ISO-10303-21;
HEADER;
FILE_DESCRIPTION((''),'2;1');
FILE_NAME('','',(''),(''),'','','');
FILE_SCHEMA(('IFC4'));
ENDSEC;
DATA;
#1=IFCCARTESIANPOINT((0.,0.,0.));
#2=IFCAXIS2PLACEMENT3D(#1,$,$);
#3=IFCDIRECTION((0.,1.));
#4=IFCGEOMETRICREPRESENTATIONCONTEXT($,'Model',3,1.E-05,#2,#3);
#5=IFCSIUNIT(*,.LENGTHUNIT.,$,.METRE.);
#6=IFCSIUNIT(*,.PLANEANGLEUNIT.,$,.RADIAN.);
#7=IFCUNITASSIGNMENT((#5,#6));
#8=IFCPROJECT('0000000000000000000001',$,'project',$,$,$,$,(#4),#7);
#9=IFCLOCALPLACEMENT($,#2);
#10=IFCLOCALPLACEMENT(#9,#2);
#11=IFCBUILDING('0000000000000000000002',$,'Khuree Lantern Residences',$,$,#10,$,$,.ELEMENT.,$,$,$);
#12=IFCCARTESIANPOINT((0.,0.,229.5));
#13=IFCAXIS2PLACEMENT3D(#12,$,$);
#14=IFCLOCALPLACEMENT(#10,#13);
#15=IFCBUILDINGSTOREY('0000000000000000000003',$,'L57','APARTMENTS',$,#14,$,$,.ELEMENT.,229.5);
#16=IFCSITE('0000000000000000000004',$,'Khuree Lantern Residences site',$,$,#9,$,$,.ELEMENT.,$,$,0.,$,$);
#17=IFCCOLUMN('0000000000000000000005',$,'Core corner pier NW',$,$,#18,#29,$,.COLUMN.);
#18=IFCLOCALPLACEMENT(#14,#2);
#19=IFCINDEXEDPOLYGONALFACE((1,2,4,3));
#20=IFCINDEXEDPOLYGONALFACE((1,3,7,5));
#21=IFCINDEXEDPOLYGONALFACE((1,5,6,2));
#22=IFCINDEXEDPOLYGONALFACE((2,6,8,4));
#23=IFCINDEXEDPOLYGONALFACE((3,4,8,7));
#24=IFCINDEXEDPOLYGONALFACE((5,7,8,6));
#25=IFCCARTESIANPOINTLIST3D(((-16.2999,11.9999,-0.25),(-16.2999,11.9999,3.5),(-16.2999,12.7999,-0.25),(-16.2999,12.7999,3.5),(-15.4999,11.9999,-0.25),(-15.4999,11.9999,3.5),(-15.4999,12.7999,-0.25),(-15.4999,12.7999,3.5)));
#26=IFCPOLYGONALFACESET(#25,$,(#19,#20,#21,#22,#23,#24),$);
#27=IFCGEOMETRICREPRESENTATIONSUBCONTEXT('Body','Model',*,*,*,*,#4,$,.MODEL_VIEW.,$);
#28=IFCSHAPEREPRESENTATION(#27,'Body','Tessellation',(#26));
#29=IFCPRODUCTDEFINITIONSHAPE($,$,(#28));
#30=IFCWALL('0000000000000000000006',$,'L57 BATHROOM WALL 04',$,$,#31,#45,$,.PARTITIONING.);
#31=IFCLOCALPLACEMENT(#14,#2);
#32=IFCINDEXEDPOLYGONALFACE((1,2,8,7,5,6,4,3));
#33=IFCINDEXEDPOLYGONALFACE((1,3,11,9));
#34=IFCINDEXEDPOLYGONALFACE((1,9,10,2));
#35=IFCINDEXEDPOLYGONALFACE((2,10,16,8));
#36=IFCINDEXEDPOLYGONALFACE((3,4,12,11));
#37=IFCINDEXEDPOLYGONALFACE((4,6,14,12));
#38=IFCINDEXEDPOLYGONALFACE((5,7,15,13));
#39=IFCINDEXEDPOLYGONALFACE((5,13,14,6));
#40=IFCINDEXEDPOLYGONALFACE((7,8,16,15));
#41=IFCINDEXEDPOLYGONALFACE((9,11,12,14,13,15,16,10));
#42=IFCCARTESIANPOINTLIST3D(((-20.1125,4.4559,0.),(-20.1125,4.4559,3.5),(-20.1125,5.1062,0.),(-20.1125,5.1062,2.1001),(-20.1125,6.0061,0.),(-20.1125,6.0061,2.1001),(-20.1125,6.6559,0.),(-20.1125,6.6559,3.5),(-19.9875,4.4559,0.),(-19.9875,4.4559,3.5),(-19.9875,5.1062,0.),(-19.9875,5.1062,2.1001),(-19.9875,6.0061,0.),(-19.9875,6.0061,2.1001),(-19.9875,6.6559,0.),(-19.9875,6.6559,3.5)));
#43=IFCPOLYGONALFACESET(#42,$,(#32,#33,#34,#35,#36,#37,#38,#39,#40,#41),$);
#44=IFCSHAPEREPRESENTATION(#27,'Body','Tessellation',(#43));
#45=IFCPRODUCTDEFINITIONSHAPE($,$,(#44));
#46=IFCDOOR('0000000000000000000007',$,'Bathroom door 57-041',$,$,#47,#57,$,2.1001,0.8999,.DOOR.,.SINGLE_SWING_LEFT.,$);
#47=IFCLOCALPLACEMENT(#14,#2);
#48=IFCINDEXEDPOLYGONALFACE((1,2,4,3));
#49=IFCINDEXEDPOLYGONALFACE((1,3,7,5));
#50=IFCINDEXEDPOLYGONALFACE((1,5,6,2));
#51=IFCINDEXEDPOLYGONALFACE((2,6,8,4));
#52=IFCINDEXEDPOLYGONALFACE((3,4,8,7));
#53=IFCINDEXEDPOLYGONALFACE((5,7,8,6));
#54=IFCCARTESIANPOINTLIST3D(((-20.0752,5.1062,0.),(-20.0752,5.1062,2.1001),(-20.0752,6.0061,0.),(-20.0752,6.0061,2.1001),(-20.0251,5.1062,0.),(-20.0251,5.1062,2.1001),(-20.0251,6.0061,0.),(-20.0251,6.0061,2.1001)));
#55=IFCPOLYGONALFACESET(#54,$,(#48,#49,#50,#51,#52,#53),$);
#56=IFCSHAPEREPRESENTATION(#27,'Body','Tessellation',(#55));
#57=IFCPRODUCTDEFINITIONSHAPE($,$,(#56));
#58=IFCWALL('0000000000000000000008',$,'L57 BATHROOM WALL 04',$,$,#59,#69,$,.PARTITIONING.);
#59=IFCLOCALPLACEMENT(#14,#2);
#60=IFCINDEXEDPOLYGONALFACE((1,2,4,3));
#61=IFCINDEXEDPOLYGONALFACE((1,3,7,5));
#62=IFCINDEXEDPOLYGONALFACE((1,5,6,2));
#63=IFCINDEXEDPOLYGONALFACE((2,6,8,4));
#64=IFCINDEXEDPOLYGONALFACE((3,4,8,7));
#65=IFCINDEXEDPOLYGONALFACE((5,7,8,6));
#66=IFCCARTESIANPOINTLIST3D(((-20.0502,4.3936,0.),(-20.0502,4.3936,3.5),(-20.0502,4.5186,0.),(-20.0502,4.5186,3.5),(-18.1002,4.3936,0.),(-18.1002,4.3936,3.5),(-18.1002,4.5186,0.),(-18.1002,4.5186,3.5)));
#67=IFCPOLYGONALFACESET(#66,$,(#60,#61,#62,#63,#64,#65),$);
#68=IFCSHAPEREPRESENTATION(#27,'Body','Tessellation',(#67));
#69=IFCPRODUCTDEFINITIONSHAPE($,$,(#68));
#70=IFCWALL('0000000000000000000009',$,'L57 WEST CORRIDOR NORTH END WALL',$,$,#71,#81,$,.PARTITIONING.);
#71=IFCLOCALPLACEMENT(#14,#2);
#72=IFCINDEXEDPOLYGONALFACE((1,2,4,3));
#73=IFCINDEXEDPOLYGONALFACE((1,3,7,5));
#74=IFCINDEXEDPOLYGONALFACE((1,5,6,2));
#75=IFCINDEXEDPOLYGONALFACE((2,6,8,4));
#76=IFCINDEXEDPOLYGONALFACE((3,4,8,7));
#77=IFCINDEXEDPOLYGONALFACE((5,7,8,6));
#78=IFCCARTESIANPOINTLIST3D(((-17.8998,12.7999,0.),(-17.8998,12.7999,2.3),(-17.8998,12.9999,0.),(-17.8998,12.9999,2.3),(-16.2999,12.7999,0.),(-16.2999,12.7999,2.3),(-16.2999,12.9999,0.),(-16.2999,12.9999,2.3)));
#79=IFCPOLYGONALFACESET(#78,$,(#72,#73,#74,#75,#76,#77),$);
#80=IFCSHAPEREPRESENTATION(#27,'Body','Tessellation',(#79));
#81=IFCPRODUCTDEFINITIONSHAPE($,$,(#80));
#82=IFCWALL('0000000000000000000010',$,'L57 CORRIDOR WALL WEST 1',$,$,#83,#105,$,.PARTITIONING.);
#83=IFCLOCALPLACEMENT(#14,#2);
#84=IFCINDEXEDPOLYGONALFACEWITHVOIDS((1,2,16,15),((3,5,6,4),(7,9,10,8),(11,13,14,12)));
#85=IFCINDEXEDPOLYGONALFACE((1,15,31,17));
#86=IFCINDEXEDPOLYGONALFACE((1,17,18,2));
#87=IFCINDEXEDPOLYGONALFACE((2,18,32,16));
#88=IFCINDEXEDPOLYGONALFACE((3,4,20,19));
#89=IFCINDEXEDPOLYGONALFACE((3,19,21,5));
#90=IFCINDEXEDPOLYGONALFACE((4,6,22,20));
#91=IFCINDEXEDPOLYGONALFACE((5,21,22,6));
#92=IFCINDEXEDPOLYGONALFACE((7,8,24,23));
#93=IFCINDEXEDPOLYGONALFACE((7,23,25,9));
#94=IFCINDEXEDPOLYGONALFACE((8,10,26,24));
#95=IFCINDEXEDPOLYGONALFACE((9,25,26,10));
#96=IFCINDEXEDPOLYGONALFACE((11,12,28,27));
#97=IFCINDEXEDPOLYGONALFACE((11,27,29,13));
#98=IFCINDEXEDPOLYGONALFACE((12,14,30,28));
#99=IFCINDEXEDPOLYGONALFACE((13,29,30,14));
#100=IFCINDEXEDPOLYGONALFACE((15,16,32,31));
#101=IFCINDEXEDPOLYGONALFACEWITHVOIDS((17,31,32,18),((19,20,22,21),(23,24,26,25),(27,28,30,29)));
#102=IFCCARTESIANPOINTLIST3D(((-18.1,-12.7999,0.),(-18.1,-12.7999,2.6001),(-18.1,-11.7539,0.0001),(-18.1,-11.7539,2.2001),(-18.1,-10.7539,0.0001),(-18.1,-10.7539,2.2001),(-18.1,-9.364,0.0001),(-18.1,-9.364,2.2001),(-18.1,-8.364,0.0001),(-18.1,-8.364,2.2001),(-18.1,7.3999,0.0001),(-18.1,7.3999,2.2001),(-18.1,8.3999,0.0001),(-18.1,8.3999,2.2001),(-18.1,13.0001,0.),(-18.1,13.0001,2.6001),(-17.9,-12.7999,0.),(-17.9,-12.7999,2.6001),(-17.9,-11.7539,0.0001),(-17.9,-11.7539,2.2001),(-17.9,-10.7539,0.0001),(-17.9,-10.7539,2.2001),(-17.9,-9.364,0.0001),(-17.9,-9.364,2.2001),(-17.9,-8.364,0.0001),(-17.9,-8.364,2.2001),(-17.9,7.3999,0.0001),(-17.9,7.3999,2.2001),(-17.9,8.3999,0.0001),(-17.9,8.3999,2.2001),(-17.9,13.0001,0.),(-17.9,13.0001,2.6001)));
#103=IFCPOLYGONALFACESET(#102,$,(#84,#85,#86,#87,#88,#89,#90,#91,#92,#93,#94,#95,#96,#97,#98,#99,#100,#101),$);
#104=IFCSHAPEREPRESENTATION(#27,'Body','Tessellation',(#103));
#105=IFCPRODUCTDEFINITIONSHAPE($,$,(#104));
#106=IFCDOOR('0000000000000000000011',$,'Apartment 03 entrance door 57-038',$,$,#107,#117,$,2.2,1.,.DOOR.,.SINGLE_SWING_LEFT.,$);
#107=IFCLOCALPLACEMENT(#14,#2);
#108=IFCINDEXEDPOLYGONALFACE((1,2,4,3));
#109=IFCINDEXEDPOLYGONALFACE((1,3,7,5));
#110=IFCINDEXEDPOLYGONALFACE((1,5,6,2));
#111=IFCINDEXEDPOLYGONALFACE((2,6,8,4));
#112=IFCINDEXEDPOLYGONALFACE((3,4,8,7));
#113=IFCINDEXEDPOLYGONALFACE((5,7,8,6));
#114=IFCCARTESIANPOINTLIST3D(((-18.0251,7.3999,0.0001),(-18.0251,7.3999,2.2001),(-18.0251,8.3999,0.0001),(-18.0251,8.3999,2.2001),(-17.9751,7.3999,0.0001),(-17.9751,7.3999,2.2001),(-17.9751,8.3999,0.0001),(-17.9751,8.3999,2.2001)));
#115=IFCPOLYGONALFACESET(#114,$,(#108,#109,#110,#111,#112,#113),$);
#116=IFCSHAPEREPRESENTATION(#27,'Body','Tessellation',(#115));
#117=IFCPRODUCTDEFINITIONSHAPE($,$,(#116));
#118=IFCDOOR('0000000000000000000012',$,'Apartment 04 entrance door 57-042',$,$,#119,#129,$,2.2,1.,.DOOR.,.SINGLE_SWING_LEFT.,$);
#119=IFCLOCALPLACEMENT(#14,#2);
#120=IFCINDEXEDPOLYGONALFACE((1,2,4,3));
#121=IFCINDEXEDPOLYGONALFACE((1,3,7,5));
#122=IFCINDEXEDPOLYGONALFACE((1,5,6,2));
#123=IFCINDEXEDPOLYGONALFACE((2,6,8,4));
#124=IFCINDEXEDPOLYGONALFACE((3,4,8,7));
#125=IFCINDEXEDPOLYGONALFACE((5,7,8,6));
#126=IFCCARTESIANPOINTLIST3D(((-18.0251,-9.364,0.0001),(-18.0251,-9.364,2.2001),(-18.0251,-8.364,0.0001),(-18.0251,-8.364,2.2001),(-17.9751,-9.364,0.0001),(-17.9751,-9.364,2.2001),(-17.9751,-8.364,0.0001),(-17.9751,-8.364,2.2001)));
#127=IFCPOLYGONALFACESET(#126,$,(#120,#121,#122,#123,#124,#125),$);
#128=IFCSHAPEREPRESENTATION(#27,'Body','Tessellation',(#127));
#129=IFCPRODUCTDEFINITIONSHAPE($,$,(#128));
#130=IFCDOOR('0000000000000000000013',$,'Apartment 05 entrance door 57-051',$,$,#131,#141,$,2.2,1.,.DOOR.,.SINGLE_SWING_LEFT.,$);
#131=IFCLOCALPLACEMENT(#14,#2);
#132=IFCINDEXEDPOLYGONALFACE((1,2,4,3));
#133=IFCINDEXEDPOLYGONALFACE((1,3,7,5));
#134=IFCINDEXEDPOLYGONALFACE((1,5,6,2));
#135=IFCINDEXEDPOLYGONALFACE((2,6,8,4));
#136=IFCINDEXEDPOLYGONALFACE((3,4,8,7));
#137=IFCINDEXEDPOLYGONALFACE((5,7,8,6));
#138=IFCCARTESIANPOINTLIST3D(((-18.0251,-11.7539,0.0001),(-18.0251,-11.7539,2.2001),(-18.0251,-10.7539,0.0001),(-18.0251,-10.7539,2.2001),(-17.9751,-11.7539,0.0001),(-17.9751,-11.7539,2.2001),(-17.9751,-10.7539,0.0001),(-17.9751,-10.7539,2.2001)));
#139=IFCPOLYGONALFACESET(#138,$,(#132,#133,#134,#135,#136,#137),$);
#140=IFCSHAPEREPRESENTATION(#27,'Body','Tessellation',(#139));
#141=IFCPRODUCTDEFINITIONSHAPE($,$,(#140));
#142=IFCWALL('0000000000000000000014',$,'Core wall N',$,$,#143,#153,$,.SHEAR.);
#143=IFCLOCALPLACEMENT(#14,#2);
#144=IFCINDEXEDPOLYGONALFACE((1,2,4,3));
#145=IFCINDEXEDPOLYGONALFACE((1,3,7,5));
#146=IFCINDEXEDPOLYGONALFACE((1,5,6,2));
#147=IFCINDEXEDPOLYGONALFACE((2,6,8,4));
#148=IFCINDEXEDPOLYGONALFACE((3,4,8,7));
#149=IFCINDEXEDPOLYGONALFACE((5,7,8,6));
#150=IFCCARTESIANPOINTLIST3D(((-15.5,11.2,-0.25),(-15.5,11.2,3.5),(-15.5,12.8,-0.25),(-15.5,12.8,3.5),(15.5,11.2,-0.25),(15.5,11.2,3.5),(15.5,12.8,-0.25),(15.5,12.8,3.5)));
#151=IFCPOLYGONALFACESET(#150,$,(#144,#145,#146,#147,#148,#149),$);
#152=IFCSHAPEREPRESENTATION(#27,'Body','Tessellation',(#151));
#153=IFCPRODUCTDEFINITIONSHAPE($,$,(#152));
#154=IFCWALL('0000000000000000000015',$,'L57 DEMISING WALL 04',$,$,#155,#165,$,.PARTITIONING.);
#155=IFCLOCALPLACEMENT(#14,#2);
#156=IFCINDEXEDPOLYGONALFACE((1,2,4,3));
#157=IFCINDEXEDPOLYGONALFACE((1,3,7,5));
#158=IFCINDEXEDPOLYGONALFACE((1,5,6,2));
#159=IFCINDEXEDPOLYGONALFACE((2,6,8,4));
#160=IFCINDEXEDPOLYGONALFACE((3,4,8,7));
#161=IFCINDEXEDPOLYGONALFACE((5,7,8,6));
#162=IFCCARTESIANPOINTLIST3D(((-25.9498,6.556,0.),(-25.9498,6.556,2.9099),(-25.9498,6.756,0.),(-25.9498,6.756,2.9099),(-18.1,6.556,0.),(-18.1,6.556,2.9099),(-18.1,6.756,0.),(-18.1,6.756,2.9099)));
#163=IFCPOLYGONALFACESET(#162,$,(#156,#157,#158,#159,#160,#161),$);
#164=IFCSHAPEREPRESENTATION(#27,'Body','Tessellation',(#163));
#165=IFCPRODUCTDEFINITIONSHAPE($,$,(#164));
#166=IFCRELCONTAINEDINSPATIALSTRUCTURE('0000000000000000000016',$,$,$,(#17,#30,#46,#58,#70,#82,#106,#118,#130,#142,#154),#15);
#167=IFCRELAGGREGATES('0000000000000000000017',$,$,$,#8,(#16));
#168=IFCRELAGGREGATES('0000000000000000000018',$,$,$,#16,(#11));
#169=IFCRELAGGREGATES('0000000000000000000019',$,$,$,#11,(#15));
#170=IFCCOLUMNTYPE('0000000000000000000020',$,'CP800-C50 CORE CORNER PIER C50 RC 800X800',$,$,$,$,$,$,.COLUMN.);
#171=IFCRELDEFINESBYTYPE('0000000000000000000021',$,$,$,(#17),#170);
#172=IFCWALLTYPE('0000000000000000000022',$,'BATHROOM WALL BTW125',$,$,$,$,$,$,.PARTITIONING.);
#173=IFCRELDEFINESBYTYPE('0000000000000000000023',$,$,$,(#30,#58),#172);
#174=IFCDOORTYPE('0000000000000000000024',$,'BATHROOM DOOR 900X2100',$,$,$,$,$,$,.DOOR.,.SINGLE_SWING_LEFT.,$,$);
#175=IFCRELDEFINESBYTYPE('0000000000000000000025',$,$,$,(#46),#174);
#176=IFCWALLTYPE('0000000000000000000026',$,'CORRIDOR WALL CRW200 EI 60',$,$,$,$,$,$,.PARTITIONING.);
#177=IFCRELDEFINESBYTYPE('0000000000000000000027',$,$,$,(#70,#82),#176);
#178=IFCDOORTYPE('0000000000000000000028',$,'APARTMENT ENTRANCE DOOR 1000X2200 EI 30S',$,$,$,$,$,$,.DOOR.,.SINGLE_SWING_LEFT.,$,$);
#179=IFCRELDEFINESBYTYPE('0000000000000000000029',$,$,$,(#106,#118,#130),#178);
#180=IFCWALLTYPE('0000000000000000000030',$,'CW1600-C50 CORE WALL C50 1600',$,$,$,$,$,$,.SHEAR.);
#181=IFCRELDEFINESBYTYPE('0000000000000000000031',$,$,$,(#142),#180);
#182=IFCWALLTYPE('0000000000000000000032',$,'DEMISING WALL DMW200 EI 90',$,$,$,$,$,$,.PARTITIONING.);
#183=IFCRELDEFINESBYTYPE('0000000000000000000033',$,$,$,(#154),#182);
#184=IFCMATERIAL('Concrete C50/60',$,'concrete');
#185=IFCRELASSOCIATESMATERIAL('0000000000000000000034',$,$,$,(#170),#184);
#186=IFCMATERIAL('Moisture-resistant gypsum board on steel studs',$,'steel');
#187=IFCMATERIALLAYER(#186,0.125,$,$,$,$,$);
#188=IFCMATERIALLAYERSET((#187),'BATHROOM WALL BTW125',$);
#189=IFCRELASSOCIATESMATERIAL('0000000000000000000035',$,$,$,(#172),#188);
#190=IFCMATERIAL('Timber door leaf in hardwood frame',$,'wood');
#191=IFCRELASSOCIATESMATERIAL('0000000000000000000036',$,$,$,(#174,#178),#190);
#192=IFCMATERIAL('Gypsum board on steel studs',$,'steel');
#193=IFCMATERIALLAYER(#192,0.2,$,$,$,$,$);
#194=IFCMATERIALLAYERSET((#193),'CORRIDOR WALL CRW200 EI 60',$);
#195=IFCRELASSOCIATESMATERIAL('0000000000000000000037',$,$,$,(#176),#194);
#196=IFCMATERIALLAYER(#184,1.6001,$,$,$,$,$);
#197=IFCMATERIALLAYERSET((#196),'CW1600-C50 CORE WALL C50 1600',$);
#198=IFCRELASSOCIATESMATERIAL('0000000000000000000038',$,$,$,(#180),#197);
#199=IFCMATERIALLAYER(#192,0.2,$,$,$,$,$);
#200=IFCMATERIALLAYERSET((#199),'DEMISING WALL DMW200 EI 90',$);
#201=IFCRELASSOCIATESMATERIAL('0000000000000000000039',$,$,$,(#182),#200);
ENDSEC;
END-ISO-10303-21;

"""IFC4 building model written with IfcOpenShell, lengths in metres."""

from ifc_helpers import new_model, si_unit, direction, frame, frame_2d, origin, origin_2d, place, context, subcontext, project, spatial, rectangle, extrude, material, layer, layer_set, material_profile, profile_set, type_object, element, fill, save


model = new_model("IFC4")

# Units and contexts
model_context = context("Model", 3, precision=1e-05, world=origin(), true_north=direction((0.0, 1.0)))
body_context = subcontext(model_context, "Body", "Model", "MODEL_VIEW")
ifc_project = project(units=[si_unit("LENGTHUNIT", "METRE"), si_unit("PLANEANGLEUNIT", "RADIAN")], contexts=[model_context])

# Site, building, storey
site_placement = place(None, origin())
site = spatial("IfcSite", under=ifc_project, at=site_placement, Name="Khuree Lantern Residences site", CompositionType="ELEMENT", RefElevation=0.0)
building_placement = place(site_placement, origin())
building = spatial("IfcBuilding", under=site, at=building_placement, Name="Khuree Lantern Residences", CompositionType="ELEMENT")
storey_placement = place(building_placement, frame((0.0, 0.0, 229.5)))
storey = spatial("IfcBuildingStorey", under=building, at=storey_placement, Name="L57", Description="APARTMENTS", CompositionType="ELEMENT", Elevation=229.5)

# Column
ifc_material_1 = material(Name="Concrete C50/60", Category="concrete")
ifc_material_profile = material_profile(ifc_material_1, rectangle(XDim=0.8, YDim=0.8, at=origin_2d()), Name="RC 800X800")
ifc_profile_set = profile_set([ifc_material_profile], Name="Concrete C50/60")
column_type = type_object("IfcColumnType", Name="CP800-C50 CORE CORNER PIER C50 RC 800X800", PredefinedType="COLUMN", material=ifc_profile_set)
column_placement = place(storey_placement, frame((-15.8999, 12.3999, -0.25), z_axis=(0.0, 0.0, 1.0), x_axis=(1.0, 0.0, 0.0)))
element("IfcColumn", 1, at=column_placement, inside=storey, type_object=column_type, Name="Core corner pier NW", PredefinedType="COLUMN", context=body_context, shape_type="SweptSolid", body=[
    extrude(rectangle(XDim=0.8, YDim=0.8, at=origin_2d()), origin(), (0.0, 0.0, 1.0), 3.75),
])

# Wall, opening, door
ifc_material_2 = material(Name="Moisture-resistant gypsum board on steel studs", Category="steel")
ifc_layer_1 = layer(ifc_material_2, 0.125)
ifc_layer_set_1 = layer_set([ifc_layer_1], Name="BATHROOM WALL BTW125")
wall_type_1 = type_object("IfcWallType", Name="BATHROOM WALL BTW125", PredefinedType="PARTITIONING", material=ifc_layer_set_1)
wall_1_placement = place(storey_placement, frame((-20.05, 6.656, 0.0), z_axis=(0.0, 0.0, 1.0), x_axis=(0.0, -1.0, 0.0)))
wall_1 = element("IfcWall", 2, at=wall_1_placement, inside=storey, type_object=wall_type_1, Name="L57 BATHROOM WALL 04", PredefinedType="PARTITIONING", context=body_context, shape_type="SweptSolid", body=[
    extrude(rectangle(XDim=2.2, YDim=0.125, at=frame_2d((1.1001, 0.0))), origin(), (0.0, 0.0, 1.0), 3.5),
])
opening_1_placement = place(wall_1_placement, frame((0.6499, 0.0, 0.0)))
opening_1 = element("IfcOpeningElement", 3, at=opening_1_placement, cuts=wall_1, PredefinedType="OPENING", context=body_context, shape_type="SweptSolid", body=[
    extrude(rectangle(XDim=0.8999, YDim=2.1001, at=frame_2d((0.45, 1.05))), frame((0.0, 0.0725, 0.0), z_axis=(0.0, -1.0, 0.0), x_axis=(1.0, 0.0, 0.0)), (0.0, 0.0, 1.0), 0.145),
])
ifc_material_3 = material(Name="Timber door leaf in hardwood frame", Category="wood")
door_type_1 = type_object("IfcDoorType", Name="BATHROOM DOOR 900X2100", OperationType="SINGLE_SWING_LEFT", PredefinedType="DOOR", material=ifc_material_3)
door_1_placement = place(opening_1_placement, origin())
door_1 = element("IfcDoor", 4, at=door_1_placement, inside=storey, type_object=door_type_1, Name="Bathroom door 57-041", OperationType="SINGLE_SWING_LEFT", OverallHeight=2.1001, OverallWidth=0.8999, PredefinedType="DOOR", context=body_context, shape_type="SweptSolid", body=[
    extrude(rectangle(XDim=0.8999, YDim=2.1001, at=frame_2d((0.45, 1.05))), frame((0.0, 0.0249, 0.0), z_axis=(0.0, -1.0, 0.0), x_axis=(1.0, 0.0, 0.0)), (0.0, 0.0, 1.0), 0.05),
])
fill(opening_1, door_1)

# Walls
wall_2_placement = place(storey_placement, frame((-18.1001, 4.4561, 0.0), z_axis=(0.0, 0.0, 1.0), x_axis=(-1.0, 0.0, 0.0)))
element("IfcWall", 5, at=wall_2_placement, inside=storey, type_object=wall_type_1, Name="L57 BATHROOM WALL 04", PredefinedType="PARTITIONING", context=body_context, shape_type="SweptSolid", body=[
    extrude(rectangle(XDim=1.95, YDim=0.125, at=frame_2d((0.9751, 0.0))), origin(), (0.0, 0.0, 1.0), 3.5),
])
ifc_material_4 = material(Name="Gypsum board on steel studs", Category="steel")
ifc_layer_2 = layer(ifc_material_4, 0.2)
ifc_layer_set_2 = layer_set([ifc_layer_2], Name="CORRIDOR WALL CRW200 EI 60")
wall_type_2 = type_object("IfcWallType", Name="CORRIDOR WALL CRW200 EI 60", PredefinedType="PARTITIONING", material=ifc_layer_set_2)
wall_3_placement = place(storey_placement, frame((-16.3, 12.8999, 0.0), z_axis=(0.0, 0.0, 1.0), x_axis=(-1.0, 0.0, 0.0)))
element("IfcWall", 6, at=wall_3_placement, inside=storey, type_object=wall_type_2, Name="L57 WEST CORRIDOR NORTH END WALL", PredefinedType="PARTITIONING", context=body_context, shape_type="SweptSolid", body=[
    extrude(rectangle(XDim=1.5999, YDim=0.2, at=frame_2d((0.7998, 0.0))), origin(), (0.0, 0.0, 1.0), 2.3),
])

# Wall, openings, doors
wall_4_placement = place(storey_placement, frame((-18.0, 13.0, 0.0), z_axis=(0.0, 0.0, 1.0), x_axis=(0.0, -1.0, 0.0)))
wall_4 = element("IfcWall", 7, at=wall_4_placement, inside=storey, type_object=wall_type_2, Name="L57 CORRIDOR WALL WEST 1", PredefinedType="PARTITIONING", context=body_context, shape_type="SweptSolid", body=[
    extrude(rectangle(XDim=25.8, YDim=0.2, at=frame_2d((12.8999, 0.0))), origin(), (0.0, 0.0, 1.0), 2.6001),
])
opening_2_placement = place(wall_4_placement, frame((4.6001, 0.0, 0.0)))
opening_2 = element("IfcOpeningElement", 8, at=opening_2_placement, cuts=wall_4, PredefinedType="OPENING", context=body_context, shape_type="SweptSolid", body=[
    extrude(rectangle(XDim=1.0, YDim=2.2, at=frame_2d((0.5, 1.1001))), frame((0.0, 0.1099, 0.0), z_axis=(0.0, -1.0, 0.0), x_axis=(1.0, 0.0, 0.0)), (0.0, 0.0, 1.0), 0.22),
])
opening_3_placement = place(wall_4_placement, frame((21.364, 0.0, 0.0)))
opening_3 = element("IfcOpeningElement", 9, at=opening_3_placement, cuts=wall_4, PredefinedType="OPENING", context=body_context, shape_type="SweptSolid", body=[
    extrude(rectangle(XDim=1.0, YDim=2.2, at=frame_2d((0.5, 1.1001))), frame((0.0, 0.1099, 0.0), z_axis=(0.0, -1.0, 0.0), x_axis=(1.0, 0.0, 0.0)), (0.0, 0.0, 1.0), 0.22),
])
opening_4_placement = place(wall_4_placement, frame((23.7539, 0.0, 0.0)))
opening_4 = element("IfcOpeningElement", 10, at=opening_4_placement, cuts=wall_4, PredefinedType="OPENING", context=body_context, shape_type="SweptSolid", body=[
    extrude(rectangle(XDim=1.0, YDim=2.2, at=frame_2d((0.5, 1.1001))), frame((0.0, 0.1099, 0.0), z_axis=(0.0, -1.0, 0.0), x_axis=(1.0, 0.0, 0.0)), (0.0, 0.0, 1.0), 0.22),
])
door_type_2 = type_object("IfcDoorType", Name="APARTMENT ENTRANCE DOOR 1000X2200 EI 30S", OperationType="SINGLE_SWING_LEFT", PredefinedType="DOOR", material=ifc_material_3)
door_2_placement = place(opening_2_placement, origin())
door_2 = element("IfcDoor", 11, at=door_2_placement, inside=storey, type_object=door_type_2, Name="Apartment 03 entrance door 57-038", OperationType="SINGLE_SWING_LEFT", OverallHeight=2.2, OverallWidth=1.0, PredefinedType="DOOR", context=body_context, shape_type="SweptSolid", body=[
    extrude(rectangle(XDim=1.0, YDim=2.2, at=frame_2d((0.5, 1.1001))), frame((0.0, 0.0249, 0.0), z_axis=(0.0, -1.0, 0.0), x_axis=(1.0, 0.0, 0.0)), (0.0, 0.0, 1.0), 0.05),
])
fill(opening_2, door_2)
door_3_placement = place(opening_3_placement, origin())
door_3 = element("IfcDoor", 12, at=door_3_placement, inside=storey, type_object=door_type_2, Name="Apartment 04 entrance door 57-042", OperationType="SINGLE_SWING_LEFT", OverallHeight=2.2, OverallWidth=1.0, PredefinedType="DOOR", context=body_context, shape_type="SweptSolid", body=[
    extrude(rectangle(XDim=1.0, YDim=2.2, at=frame_2d((0.5, 1.1001))), frame((0.0, 0.0249, 0.0), z_axis=(0.0, -1.0, 0.0), x_axis=(1.0, 0.0, 0.0)), (0.0, 0.0, 1.0), 0.05),
])
fill(opening_3, door_3)
door_4_placement = place(opening_4_placement, origin())
door_4 = element("IfcDoor", 13, at=door_4_placement, inside=storey, type_object=door_type_2, Name="Apartment 05 entrance door 57-051", OperationType="SINGLE_SWING_LEFT", OverallHeight=2.2, OverallWidth=1.0, PredefinedType="DOOR", context=body_context, shape_type="SweptSolid", body=[
    extrude(rectangle(XDim=1.0, YDim=2.2, at=frame_2d((0.5, 1.1001))), frame((0.0, 0.0249, 0.0), z_axis=(0.0, -1.0, 0.0), x_axis=(1.0, 0.0, 0.0)), (0.0, 0.0, 1.0), 0.05),
])
fill(opening_4, door_4)

# Walls
ifc_layer_3 = layer(ifc_material_1, 1.6001)
ifc_layer_set_3 = layer_set([ifc_layer_3], Name="CW1600-C50 CORE WALL C50 1600")
wall_type_3 = type_object("IfcWallType", Name="CW1600-C50 CORE WALL C50 1600", PredefinedType="SHEAR", material=ifc_layer_set_3)
wall_5_placement = place(storey_placement, frame((-15.5, 12.0, -0.25), z_axis=(0.0, 0.0, 1.0), x_axis=(1.0, 0.0, 0.0)))
element("IfcWall", 14, at=wall_5_placement, inside=storey, type_object=wall_type_3, Name="Core wall N", PredefinedType="SHEAR", context=body_context, shape_type="SweptSolid", body=[
    extrude(rectangle(XDim=31.0, YDim=1.6001, at=frame_2d((15.5, 0.0))), origin(), (0.0, 0.0, 1.0), 3.75),
])
ifc_layer_4 = layer(ifc_material_4, 0.2)
ifc_layer_set_4 = layer_set([ifc_layer_4], Name="DEMISING WALL DMW200 EI 90")
wall_type_4 = type_object("IfcWallType", Name="DEMISING WALL DMW200 EI 90", PredefinedType="PARTITIONING", material=ifc_layer_set_4)
wall_6_placement = place(storey_placement, frame((-18.1001, 6.656, 0.0), z_axis=(0.0, 0.0, 1.0), x_axis=(-1.0, 0.0, 0.0)))
element("IfcWall", 15, at=wall_6_placement, inside=storey, type_object=wall_type_4, Name="L57 DEMISING WALL 04", PredefinedType="PARTITIONING", context=body_context, shape_type="SweptSolid", body=[
    extrude(rectangle(XDim=7.8499, YDim=0.2, at=frame_2d((3.9248, 0.0))), origin(), (0.0, 0.0, 1.0), 2.9099),
])

save(model, "model.ifc")
